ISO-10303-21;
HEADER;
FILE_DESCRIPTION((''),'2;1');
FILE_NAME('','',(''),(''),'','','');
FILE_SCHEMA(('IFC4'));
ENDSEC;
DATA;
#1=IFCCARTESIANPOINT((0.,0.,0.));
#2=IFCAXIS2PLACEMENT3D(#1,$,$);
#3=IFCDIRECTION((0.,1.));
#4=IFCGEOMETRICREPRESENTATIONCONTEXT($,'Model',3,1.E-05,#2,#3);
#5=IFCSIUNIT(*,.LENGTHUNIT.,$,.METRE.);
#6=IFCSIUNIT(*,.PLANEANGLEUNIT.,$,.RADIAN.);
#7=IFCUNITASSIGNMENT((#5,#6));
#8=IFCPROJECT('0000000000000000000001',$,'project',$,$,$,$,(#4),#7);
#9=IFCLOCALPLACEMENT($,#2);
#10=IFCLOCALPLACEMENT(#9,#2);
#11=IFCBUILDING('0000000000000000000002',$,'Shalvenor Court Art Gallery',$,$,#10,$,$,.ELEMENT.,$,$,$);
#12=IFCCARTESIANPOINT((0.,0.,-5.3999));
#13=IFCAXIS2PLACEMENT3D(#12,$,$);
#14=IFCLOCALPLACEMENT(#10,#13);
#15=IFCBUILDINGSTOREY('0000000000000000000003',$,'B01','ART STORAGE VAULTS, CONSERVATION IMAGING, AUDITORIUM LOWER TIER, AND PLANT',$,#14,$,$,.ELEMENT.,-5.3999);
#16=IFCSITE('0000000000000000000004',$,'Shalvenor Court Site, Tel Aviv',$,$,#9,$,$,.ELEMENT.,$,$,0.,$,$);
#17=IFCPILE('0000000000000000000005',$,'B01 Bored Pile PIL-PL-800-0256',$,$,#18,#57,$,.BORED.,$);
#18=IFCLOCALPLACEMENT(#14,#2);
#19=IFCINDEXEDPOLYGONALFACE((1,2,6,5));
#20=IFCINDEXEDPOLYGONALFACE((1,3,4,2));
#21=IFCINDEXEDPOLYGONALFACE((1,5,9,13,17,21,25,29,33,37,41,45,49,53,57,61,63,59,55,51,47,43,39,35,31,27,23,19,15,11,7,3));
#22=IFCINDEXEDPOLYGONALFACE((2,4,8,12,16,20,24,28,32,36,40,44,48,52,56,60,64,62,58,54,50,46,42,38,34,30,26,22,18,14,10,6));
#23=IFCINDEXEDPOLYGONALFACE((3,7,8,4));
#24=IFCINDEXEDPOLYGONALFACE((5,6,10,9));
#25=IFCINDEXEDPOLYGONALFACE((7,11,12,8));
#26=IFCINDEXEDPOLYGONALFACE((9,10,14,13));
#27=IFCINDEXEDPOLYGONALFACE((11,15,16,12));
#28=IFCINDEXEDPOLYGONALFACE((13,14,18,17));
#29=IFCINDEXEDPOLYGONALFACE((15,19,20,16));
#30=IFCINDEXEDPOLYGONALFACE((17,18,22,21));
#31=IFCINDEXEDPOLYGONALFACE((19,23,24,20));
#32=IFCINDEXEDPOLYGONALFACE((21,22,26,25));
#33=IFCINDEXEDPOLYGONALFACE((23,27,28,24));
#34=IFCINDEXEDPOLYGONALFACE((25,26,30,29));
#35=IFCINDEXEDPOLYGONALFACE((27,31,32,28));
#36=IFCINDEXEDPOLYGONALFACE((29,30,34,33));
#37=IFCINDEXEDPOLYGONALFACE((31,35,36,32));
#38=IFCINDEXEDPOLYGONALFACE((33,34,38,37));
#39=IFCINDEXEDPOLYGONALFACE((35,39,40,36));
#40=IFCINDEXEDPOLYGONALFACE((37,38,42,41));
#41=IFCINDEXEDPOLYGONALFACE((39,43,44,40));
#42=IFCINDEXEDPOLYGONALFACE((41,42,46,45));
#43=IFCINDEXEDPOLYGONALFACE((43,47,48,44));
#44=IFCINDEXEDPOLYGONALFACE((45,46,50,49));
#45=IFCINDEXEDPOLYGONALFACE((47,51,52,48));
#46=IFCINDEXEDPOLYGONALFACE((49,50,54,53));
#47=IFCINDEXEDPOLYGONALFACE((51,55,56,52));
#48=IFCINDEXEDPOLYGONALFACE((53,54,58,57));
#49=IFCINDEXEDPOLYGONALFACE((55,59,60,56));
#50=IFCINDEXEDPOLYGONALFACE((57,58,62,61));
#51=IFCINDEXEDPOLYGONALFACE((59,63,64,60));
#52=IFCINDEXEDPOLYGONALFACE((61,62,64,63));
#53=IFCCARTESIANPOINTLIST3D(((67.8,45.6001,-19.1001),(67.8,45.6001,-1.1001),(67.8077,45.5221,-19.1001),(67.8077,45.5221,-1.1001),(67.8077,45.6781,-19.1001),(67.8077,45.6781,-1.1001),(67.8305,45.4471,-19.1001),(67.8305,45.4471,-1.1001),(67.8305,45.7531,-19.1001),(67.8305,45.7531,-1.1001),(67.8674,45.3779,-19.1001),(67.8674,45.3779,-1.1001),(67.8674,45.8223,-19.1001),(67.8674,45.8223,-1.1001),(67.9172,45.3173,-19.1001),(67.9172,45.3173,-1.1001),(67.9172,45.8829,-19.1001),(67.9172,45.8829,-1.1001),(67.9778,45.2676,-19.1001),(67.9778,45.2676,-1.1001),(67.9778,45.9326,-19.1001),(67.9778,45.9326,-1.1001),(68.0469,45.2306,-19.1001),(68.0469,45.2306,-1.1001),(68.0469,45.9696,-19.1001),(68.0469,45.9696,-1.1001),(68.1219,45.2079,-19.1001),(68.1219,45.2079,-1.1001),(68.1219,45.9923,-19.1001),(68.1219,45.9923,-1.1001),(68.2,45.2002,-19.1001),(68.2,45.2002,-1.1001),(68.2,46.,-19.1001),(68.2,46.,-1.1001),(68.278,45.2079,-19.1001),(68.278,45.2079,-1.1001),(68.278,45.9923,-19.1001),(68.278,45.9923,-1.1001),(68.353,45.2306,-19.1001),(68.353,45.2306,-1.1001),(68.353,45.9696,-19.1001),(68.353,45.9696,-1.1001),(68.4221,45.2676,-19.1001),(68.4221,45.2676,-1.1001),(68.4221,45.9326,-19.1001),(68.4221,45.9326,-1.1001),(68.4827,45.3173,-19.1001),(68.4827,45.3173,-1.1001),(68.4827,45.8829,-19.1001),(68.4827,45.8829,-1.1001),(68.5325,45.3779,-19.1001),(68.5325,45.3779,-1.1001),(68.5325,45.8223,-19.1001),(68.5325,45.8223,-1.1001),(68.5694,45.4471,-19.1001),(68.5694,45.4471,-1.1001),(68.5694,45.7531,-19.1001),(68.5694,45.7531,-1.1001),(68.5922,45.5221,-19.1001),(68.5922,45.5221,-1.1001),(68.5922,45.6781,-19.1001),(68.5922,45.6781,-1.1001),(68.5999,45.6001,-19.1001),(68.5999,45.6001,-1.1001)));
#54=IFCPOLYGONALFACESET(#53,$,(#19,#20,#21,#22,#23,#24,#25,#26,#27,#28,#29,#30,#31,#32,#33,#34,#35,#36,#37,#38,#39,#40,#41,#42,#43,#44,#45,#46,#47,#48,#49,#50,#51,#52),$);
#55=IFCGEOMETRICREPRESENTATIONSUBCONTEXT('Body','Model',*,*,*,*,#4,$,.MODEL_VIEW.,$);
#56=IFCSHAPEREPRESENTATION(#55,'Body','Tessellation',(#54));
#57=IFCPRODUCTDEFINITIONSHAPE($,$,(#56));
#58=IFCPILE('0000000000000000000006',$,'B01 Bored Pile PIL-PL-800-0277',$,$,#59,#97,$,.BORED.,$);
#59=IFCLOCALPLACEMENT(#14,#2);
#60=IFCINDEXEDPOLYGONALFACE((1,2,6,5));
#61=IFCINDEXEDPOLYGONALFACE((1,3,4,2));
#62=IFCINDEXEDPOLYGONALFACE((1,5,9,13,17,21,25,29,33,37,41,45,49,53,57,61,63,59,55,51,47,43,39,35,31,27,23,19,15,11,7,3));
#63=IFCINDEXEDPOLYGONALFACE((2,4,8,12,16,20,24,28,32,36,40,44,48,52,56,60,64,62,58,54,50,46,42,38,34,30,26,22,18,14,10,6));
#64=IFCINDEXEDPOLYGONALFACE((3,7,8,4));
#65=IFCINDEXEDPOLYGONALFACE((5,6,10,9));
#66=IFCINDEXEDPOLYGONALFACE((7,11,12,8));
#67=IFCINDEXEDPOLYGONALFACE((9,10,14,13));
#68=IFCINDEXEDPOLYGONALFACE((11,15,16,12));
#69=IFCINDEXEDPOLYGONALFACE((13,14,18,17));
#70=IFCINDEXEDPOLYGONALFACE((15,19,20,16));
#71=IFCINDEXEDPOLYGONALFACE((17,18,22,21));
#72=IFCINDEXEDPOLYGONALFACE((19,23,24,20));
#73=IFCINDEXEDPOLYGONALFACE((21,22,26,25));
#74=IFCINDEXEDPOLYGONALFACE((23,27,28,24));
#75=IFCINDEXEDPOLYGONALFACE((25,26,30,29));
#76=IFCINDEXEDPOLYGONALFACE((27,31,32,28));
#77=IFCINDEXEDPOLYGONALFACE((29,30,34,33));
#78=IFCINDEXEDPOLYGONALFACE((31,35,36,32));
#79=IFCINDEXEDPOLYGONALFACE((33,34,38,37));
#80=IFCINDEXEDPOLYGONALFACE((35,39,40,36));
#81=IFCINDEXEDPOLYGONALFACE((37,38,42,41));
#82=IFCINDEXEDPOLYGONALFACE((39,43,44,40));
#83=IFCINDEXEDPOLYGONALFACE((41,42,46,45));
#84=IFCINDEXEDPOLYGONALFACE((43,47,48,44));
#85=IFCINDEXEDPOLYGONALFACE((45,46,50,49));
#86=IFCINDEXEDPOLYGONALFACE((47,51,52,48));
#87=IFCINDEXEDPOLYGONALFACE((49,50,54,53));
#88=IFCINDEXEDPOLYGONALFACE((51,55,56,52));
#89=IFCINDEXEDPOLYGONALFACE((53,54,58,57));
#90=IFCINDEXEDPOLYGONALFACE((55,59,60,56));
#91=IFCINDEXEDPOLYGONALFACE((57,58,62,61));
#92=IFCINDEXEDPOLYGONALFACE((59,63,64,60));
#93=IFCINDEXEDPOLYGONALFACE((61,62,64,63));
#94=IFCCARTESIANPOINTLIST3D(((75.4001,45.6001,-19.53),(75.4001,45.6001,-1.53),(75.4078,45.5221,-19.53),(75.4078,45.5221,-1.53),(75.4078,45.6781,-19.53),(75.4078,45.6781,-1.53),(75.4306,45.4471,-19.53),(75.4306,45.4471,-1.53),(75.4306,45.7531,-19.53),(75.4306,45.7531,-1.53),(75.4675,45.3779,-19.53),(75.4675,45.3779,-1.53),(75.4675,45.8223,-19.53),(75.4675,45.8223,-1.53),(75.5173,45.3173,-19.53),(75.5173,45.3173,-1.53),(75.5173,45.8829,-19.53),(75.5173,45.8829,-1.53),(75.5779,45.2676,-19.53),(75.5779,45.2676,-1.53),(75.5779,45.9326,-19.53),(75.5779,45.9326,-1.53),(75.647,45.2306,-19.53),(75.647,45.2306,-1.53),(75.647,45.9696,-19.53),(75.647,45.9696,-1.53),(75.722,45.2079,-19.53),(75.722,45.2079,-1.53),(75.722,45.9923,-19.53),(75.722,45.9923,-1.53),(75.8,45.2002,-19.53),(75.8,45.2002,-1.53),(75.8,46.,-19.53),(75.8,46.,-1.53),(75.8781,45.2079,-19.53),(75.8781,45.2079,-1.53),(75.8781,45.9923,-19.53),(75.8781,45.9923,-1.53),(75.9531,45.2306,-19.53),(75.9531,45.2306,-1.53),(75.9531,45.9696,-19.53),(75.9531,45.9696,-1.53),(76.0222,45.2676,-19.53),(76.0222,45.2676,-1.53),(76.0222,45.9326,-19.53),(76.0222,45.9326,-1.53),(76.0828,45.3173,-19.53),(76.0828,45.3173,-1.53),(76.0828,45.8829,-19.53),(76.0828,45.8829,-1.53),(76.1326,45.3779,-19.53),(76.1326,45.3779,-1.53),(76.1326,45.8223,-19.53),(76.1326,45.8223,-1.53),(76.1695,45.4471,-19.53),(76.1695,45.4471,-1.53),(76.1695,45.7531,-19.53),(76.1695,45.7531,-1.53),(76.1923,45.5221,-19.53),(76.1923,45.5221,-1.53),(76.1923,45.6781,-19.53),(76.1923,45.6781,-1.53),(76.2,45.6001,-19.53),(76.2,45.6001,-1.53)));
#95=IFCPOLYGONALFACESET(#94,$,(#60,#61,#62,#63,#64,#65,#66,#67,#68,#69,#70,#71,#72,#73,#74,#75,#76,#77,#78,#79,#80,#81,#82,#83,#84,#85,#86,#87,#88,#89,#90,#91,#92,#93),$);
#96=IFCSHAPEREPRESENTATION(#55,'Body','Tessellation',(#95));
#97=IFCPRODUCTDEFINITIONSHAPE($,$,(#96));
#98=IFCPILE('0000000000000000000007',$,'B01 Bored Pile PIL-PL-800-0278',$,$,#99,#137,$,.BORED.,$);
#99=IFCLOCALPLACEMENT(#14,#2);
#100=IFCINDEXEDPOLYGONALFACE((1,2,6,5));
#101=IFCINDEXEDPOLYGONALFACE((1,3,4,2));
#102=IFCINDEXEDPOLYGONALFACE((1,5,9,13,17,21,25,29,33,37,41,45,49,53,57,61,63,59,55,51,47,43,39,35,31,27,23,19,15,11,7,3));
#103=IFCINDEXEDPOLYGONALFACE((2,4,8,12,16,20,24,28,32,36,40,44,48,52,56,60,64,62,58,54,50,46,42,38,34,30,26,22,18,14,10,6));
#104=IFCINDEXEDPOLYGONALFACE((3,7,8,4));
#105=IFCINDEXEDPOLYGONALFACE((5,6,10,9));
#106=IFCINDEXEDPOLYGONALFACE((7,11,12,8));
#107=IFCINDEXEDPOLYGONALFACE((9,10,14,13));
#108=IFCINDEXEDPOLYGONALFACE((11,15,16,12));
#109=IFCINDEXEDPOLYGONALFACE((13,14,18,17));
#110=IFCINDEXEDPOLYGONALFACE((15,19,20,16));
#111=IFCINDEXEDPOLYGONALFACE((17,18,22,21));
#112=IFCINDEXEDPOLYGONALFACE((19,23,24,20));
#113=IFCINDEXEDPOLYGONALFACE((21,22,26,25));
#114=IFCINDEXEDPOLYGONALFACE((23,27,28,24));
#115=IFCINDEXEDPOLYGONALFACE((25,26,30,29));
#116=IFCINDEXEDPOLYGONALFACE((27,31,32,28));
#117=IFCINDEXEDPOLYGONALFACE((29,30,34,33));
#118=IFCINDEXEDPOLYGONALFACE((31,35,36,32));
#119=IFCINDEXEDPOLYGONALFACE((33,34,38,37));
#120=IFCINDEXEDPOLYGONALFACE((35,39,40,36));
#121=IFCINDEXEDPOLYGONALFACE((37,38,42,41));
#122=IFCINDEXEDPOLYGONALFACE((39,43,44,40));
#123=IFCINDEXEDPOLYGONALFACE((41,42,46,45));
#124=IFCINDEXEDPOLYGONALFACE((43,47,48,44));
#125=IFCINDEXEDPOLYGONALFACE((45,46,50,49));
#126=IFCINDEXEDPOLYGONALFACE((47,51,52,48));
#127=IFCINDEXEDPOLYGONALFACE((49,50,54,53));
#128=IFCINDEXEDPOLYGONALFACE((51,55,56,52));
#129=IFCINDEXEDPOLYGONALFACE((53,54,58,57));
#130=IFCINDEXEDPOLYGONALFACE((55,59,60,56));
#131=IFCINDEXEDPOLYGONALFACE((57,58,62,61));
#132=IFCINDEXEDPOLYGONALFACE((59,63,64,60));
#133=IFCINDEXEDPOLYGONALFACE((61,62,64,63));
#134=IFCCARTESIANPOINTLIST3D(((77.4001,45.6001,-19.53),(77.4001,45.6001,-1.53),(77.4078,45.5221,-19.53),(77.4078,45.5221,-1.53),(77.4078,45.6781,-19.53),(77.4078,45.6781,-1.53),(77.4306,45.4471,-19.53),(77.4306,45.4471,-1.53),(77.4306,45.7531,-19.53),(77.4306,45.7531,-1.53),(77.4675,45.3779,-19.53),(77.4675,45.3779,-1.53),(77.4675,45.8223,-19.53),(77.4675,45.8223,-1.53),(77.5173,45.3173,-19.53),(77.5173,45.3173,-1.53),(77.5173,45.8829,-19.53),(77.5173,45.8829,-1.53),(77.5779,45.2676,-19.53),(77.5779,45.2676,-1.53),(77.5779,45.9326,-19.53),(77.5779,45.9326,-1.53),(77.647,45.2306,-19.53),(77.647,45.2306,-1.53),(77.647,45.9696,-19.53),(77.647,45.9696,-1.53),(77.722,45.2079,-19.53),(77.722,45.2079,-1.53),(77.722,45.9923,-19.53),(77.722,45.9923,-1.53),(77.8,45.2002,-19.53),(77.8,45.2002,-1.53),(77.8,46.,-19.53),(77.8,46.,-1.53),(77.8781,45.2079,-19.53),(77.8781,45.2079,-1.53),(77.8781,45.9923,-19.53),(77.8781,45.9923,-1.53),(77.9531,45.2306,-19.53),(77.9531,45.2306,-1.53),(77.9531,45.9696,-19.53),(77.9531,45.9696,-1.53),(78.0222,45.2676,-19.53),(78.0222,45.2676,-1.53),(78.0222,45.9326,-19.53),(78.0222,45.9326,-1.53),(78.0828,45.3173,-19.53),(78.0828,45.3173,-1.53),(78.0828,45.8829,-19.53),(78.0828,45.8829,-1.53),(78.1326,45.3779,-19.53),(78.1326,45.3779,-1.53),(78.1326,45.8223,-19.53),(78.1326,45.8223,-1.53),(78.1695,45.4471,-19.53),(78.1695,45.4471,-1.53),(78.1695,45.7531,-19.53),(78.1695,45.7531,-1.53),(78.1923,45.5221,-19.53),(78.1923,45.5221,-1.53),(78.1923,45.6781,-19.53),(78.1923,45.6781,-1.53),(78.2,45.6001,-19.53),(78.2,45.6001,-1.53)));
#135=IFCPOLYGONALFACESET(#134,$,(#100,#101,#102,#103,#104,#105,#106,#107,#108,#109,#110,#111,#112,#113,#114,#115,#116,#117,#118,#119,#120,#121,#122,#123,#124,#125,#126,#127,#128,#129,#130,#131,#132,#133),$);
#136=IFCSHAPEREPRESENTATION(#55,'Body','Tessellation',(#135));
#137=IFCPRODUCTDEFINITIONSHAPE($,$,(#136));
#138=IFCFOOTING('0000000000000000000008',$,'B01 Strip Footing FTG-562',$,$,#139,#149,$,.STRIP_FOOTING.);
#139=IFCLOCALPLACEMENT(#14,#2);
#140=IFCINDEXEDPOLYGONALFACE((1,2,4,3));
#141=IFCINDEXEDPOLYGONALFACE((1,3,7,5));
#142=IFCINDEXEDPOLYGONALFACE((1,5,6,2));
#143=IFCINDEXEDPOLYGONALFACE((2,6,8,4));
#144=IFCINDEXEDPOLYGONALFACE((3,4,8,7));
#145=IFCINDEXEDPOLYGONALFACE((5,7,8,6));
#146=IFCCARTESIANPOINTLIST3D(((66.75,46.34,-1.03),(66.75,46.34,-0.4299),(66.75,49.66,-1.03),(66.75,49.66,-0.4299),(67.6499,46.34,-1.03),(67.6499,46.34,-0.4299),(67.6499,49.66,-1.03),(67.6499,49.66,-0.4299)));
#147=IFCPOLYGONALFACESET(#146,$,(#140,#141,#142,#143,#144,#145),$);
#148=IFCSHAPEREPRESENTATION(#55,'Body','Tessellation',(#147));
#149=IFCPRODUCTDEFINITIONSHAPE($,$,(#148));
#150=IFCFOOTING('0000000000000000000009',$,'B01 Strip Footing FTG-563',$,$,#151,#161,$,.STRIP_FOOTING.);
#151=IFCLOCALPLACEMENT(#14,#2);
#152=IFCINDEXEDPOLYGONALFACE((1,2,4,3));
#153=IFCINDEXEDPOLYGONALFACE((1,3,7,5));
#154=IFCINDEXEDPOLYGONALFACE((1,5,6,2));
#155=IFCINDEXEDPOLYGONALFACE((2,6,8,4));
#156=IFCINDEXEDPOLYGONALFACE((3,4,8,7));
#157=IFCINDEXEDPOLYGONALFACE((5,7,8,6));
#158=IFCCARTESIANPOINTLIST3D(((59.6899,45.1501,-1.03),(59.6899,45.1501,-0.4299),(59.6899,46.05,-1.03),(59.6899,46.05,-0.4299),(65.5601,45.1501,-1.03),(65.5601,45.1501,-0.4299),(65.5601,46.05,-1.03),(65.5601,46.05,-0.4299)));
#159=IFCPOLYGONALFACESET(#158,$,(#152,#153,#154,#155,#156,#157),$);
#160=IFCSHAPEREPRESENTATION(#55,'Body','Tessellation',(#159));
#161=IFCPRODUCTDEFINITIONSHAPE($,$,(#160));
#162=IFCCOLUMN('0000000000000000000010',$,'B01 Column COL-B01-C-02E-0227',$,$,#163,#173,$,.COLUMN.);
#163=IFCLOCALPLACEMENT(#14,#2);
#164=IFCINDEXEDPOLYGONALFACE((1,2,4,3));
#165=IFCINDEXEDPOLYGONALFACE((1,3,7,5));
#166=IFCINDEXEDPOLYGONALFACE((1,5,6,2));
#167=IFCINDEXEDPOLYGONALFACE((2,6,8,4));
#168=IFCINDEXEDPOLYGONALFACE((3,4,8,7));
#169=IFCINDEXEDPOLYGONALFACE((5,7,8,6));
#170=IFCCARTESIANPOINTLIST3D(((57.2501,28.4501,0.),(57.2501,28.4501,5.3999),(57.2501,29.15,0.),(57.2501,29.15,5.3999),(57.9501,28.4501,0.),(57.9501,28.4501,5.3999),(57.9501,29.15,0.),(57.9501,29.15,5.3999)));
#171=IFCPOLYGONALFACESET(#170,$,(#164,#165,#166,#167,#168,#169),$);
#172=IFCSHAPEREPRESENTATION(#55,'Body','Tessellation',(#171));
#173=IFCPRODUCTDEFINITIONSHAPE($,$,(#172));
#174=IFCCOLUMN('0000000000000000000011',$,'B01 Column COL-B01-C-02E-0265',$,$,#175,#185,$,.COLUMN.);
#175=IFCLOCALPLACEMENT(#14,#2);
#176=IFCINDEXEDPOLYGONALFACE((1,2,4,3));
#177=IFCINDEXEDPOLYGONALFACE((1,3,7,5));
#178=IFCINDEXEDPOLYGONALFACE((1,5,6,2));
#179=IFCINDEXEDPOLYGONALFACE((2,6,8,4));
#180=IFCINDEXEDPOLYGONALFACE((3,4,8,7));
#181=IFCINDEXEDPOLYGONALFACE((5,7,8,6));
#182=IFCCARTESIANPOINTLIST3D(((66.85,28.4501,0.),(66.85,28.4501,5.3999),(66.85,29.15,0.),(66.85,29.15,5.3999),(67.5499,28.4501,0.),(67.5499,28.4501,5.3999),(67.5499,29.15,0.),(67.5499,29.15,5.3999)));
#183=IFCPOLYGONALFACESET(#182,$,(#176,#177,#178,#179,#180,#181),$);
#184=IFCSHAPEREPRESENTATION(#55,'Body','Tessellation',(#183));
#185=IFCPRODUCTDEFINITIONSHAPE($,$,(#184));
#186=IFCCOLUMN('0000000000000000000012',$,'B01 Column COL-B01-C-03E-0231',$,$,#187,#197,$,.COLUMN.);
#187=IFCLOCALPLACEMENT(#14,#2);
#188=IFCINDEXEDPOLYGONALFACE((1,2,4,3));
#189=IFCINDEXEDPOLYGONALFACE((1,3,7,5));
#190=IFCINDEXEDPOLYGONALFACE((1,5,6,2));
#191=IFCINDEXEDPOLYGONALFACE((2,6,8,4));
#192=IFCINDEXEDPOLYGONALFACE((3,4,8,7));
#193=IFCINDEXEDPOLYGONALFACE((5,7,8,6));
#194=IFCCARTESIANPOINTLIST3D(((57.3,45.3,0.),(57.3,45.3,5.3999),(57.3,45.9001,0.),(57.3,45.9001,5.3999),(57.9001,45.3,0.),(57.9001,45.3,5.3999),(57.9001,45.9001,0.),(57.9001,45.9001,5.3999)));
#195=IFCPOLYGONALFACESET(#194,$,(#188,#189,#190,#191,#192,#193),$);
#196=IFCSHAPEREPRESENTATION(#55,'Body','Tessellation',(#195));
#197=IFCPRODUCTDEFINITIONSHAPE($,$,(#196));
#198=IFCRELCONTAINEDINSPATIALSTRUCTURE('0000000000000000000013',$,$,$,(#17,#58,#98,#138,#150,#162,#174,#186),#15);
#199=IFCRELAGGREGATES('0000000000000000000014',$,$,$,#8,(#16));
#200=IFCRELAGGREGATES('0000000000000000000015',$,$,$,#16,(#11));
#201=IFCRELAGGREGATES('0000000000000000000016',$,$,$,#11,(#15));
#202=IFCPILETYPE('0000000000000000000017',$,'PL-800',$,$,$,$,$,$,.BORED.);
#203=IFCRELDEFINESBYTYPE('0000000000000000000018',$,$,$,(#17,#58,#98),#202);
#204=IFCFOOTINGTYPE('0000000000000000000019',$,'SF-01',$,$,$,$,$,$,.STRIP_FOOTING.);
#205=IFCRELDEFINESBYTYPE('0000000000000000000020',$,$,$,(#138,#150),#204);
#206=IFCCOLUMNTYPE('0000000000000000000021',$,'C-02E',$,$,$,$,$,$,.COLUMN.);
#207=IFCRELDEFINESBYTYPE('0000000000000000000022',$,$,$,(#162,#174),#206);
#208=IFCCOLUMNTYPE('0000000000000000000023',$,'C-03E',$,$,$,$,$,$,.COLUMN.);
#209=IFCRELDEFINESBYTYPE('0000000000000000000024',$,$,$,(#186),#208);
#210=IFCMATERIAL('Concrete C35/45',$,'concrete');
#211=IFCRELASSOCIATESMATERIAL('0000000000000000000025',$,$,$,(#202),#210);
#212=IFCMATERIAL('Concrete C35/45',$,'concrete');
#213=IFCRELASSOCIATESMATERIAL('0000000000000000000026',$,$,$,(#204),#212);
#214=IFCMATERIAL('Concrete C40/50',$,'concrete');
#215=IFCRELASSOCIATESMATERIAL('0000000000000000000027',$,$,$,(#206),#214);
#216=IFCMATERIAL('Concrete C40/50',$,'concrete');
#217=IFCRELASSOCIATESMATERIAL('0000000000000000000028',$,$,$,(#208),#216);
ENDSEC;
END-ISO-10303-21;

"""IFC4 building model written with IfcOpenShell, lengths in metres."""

from ifc_helpers import new_model, si_unit, direction, frame, origin, origin_2d, place, context, subcontext, project, spatial, rectangle, circle, extrude, material, material_profile, profile_set, type_object, element, save


model = new_model("IFC4")

# Units and contexts
model_context = context("Model", 3, precision=1e-05, world=origin(), true_north=direction((0.0, 1.0)))
body_context = subcontext(model_context, "Body", "Model", "MODEL_VIEW")
ifc_project = project(units=[si_unit("LENGTHUNIT", "METRE"), si_unit("PLANEANGLEUNIT", "RADIAN")], contexts=[model_context])

# Site, building, storey
site_placement = place(None, origin())
site = spatial("IfcSite", under=ifc_project, at=site_placement, Name="Shalvenor Court Site, Tel Aviv", CompositionType="ELEMENT", RefElevation=0.0)
building_placement = place(site_placement, origin())
building = spatial("IfcBuilding", under=site, at=building_placement, Name="Shalvenor Court Art Gallery", CompositionType="ELEMENT")
storey_placement = place(building_placement, frame((0.0, 0.0, -5.3999)))
storey = spatial("IfcBuildingStorey", under=building, at=storey_placement, Name="B01", Description="ART STORAGE VAULTS, CONSERVATION IMAGING, AUDITORIUM LOWER TIER, AND PLANT", CompositionType="ELEMENT", Elevation=-5.3999)

# Piles
ifc_material_1 = material(Name="Concrete C35/45", Category="concrete")
ifc_material_profile_1 = material_profile(ifc_material_1, circle(Radius=0.3999, at=origin_2d()), Name="PILE 800")
ifc_profile_set_1 = profile_set([ifc_material_profile_1], Name="Concrete C35/45")
pile_type_1 = type_object("IfcPileType", Name="PL-800", PredefinedType="BORED", material=ifc_profile_set_1)
for number, where, z_axis, x_axis, name in (
    (1, (68.2, 45.6001, -1.1001), (0.0, 0.0, -1.0), (1.0, 0.0, 0.0), "B01 Bored Pile PIL-PL-800-0256"),
    (2, (75.8, 45.6001, -1.53), (0.0, 0.0, -1.0), (1.0, 0.0, 0.0), "B01 Bored Pile PIL-PL-800-0277"),
    (3, (77.8, 45.6001, -1.53), (0.0, 0.0, -1.0), (1.0, 0.0, 0.0), "B01 Bored Pile PIL-PL-800-0278"),
):
    element("IfcPile", number, at=place(storey_placement, frame(where, z_axis=z_axis, x_axis=x_axis)), inside=storey, type_object=pile_type_1, Name=name, PredefinedType="BORED", context=body_context, shape_type="SweptSolid", body=[
        extrude(circle(Radius=0.3999, at=origin_2d()), origin(), (0.0, 0.0, 1.0), 18.0),
    ])

# Footings
ifc_material_2 = material(Name="Concrete C35/45", Category="concrete")
footing_type_1 = type_object("IfcFootingType", Name="SF-01", PredefinedType="STRIP_FOOTING", material=ifc_material_2)
footing_1_placement = place(storey_placement, frame((67.2, 48.0, -1.03), z_axis=(0.0, 0.0, 1.0), x_axis=(0.0, 1.0, 0.0)))
element("IfcFooting", 4, at=footing_1_placement, inside=storey, type_object=footing_type_1, Name="B01 Strip Footing FTG-562", PredefinedType="STRIP_FOOTING", context=body_context, shape_type="SweptSolid", body=[
    extrude(rectangle(XDim=3.3201, YDim=0.8999, at=origin_2d()), origin(), (0.0, 0.0, 1.0), 0.6001),
])
footing_2_placement = place(storey_placement, frame((62.625, 45.6001, -1.03), z_axis=(0.0, 0.0, 1.0), x_axis=(1.0, 0.0, 0.0)))
element("IfcFooting", 5, at=footing_2_placement, inside=storey, type_object=footing_type_1, Name="B01 Strip Footing FTG-563", PredefinedType="STRIP_FOOTING", context=body_context, shape_type="SweptSolid", body=[
    extrude(rectangle(XDim=5.8701, YDim=0.8999, at=origin_2d()), origin(), (0.0, 0.0, 1.0), 0.6001),
])

# Columns
ifc_material_3 = material(Name="Concrete C40/50", Category="concrete")
ifc_material_profile_2 = material_profile(ifc_material_3, rectangle(XDim=0.7, YDim=0.7, at=origin_2d()), Name="RC 700x700")
ifc_profile_set_2 = profile_set([ifc_material_profile_2], Name="Concrete C40/50")
column_type_1 = type_object("IfcColumnType", Name="C-02E", PredefinedType="COLUMN", material=ifc_profile_set_2)
for number, where, z_axis, x_axis, name in (
    (6, (57.6001, 28.8, 0.0), (0.0, 0.0, 1.0), (1.0, 0.0, 0.0), "B01 Column COL-B01-C-02E-0227"),
    (7, (67.2, 28.8, 0.0), (0.0, 0.0, 1.0), (1.0, 0.0, 0.0), "B01 Column COL-B01-C-02E-0265"),
):
    element("IfcColumn", number, at=place(storey_placement, frame(where, z_axis=z_axis, x_axis=x_axis)), inside=storey, type_object=column_type_1, Name=name, PredefinedType="COLUMN", context=body_context, shape_type="SweptSolid", body=[
        extrude(rectangle(XDim=0.7, YDim=0.7, at=origin_2d()), origin(), (0.0, 0.0, 1.0), 5.3999),
    ])
ifc_material_4 = material(Name="Concrete C40/50", Category="concrete")
ifc_material_profile_3 = material_profile(ifc_material_4, rectangle(XDim=0.6001, YDim=0.6001, at=origin_2d()), Name="RC 600x600")
ifc_profile_set_3 = profile_set([ifc_material_profile_3], Name="Concrete C40/50")
column_type_2 = type_object("IfcColumnType", Name="C-03E", PredefinedType="COLUMN", material=ifc_profile_set_3)
for number, where, z_axis, x_axis, name in (
    (8, (57.6001, 45.6001, 0.0), (0.0, 0.0, 1.0), (1.0, 0.0, 0.0), "B01 Column COL-B01-C-03E-0231"),
):
    element("IfcColumn", number, at=place(storey_placement, frame(where, z_axis=z_axis, x_axis=x_axis)), inside=storey, type_object=column_type_2, Name=name, PredefinedType="COLUMN", context=body_context, shape_type="SweptSolid", body=[
        extrude(rectangle(XDim=0.6001, YDim=0.6001, at=origin_2d()), origin(), (0.0, 0.0, 1.0), 5.3999),
    ])

save(model, "model.ifc")
